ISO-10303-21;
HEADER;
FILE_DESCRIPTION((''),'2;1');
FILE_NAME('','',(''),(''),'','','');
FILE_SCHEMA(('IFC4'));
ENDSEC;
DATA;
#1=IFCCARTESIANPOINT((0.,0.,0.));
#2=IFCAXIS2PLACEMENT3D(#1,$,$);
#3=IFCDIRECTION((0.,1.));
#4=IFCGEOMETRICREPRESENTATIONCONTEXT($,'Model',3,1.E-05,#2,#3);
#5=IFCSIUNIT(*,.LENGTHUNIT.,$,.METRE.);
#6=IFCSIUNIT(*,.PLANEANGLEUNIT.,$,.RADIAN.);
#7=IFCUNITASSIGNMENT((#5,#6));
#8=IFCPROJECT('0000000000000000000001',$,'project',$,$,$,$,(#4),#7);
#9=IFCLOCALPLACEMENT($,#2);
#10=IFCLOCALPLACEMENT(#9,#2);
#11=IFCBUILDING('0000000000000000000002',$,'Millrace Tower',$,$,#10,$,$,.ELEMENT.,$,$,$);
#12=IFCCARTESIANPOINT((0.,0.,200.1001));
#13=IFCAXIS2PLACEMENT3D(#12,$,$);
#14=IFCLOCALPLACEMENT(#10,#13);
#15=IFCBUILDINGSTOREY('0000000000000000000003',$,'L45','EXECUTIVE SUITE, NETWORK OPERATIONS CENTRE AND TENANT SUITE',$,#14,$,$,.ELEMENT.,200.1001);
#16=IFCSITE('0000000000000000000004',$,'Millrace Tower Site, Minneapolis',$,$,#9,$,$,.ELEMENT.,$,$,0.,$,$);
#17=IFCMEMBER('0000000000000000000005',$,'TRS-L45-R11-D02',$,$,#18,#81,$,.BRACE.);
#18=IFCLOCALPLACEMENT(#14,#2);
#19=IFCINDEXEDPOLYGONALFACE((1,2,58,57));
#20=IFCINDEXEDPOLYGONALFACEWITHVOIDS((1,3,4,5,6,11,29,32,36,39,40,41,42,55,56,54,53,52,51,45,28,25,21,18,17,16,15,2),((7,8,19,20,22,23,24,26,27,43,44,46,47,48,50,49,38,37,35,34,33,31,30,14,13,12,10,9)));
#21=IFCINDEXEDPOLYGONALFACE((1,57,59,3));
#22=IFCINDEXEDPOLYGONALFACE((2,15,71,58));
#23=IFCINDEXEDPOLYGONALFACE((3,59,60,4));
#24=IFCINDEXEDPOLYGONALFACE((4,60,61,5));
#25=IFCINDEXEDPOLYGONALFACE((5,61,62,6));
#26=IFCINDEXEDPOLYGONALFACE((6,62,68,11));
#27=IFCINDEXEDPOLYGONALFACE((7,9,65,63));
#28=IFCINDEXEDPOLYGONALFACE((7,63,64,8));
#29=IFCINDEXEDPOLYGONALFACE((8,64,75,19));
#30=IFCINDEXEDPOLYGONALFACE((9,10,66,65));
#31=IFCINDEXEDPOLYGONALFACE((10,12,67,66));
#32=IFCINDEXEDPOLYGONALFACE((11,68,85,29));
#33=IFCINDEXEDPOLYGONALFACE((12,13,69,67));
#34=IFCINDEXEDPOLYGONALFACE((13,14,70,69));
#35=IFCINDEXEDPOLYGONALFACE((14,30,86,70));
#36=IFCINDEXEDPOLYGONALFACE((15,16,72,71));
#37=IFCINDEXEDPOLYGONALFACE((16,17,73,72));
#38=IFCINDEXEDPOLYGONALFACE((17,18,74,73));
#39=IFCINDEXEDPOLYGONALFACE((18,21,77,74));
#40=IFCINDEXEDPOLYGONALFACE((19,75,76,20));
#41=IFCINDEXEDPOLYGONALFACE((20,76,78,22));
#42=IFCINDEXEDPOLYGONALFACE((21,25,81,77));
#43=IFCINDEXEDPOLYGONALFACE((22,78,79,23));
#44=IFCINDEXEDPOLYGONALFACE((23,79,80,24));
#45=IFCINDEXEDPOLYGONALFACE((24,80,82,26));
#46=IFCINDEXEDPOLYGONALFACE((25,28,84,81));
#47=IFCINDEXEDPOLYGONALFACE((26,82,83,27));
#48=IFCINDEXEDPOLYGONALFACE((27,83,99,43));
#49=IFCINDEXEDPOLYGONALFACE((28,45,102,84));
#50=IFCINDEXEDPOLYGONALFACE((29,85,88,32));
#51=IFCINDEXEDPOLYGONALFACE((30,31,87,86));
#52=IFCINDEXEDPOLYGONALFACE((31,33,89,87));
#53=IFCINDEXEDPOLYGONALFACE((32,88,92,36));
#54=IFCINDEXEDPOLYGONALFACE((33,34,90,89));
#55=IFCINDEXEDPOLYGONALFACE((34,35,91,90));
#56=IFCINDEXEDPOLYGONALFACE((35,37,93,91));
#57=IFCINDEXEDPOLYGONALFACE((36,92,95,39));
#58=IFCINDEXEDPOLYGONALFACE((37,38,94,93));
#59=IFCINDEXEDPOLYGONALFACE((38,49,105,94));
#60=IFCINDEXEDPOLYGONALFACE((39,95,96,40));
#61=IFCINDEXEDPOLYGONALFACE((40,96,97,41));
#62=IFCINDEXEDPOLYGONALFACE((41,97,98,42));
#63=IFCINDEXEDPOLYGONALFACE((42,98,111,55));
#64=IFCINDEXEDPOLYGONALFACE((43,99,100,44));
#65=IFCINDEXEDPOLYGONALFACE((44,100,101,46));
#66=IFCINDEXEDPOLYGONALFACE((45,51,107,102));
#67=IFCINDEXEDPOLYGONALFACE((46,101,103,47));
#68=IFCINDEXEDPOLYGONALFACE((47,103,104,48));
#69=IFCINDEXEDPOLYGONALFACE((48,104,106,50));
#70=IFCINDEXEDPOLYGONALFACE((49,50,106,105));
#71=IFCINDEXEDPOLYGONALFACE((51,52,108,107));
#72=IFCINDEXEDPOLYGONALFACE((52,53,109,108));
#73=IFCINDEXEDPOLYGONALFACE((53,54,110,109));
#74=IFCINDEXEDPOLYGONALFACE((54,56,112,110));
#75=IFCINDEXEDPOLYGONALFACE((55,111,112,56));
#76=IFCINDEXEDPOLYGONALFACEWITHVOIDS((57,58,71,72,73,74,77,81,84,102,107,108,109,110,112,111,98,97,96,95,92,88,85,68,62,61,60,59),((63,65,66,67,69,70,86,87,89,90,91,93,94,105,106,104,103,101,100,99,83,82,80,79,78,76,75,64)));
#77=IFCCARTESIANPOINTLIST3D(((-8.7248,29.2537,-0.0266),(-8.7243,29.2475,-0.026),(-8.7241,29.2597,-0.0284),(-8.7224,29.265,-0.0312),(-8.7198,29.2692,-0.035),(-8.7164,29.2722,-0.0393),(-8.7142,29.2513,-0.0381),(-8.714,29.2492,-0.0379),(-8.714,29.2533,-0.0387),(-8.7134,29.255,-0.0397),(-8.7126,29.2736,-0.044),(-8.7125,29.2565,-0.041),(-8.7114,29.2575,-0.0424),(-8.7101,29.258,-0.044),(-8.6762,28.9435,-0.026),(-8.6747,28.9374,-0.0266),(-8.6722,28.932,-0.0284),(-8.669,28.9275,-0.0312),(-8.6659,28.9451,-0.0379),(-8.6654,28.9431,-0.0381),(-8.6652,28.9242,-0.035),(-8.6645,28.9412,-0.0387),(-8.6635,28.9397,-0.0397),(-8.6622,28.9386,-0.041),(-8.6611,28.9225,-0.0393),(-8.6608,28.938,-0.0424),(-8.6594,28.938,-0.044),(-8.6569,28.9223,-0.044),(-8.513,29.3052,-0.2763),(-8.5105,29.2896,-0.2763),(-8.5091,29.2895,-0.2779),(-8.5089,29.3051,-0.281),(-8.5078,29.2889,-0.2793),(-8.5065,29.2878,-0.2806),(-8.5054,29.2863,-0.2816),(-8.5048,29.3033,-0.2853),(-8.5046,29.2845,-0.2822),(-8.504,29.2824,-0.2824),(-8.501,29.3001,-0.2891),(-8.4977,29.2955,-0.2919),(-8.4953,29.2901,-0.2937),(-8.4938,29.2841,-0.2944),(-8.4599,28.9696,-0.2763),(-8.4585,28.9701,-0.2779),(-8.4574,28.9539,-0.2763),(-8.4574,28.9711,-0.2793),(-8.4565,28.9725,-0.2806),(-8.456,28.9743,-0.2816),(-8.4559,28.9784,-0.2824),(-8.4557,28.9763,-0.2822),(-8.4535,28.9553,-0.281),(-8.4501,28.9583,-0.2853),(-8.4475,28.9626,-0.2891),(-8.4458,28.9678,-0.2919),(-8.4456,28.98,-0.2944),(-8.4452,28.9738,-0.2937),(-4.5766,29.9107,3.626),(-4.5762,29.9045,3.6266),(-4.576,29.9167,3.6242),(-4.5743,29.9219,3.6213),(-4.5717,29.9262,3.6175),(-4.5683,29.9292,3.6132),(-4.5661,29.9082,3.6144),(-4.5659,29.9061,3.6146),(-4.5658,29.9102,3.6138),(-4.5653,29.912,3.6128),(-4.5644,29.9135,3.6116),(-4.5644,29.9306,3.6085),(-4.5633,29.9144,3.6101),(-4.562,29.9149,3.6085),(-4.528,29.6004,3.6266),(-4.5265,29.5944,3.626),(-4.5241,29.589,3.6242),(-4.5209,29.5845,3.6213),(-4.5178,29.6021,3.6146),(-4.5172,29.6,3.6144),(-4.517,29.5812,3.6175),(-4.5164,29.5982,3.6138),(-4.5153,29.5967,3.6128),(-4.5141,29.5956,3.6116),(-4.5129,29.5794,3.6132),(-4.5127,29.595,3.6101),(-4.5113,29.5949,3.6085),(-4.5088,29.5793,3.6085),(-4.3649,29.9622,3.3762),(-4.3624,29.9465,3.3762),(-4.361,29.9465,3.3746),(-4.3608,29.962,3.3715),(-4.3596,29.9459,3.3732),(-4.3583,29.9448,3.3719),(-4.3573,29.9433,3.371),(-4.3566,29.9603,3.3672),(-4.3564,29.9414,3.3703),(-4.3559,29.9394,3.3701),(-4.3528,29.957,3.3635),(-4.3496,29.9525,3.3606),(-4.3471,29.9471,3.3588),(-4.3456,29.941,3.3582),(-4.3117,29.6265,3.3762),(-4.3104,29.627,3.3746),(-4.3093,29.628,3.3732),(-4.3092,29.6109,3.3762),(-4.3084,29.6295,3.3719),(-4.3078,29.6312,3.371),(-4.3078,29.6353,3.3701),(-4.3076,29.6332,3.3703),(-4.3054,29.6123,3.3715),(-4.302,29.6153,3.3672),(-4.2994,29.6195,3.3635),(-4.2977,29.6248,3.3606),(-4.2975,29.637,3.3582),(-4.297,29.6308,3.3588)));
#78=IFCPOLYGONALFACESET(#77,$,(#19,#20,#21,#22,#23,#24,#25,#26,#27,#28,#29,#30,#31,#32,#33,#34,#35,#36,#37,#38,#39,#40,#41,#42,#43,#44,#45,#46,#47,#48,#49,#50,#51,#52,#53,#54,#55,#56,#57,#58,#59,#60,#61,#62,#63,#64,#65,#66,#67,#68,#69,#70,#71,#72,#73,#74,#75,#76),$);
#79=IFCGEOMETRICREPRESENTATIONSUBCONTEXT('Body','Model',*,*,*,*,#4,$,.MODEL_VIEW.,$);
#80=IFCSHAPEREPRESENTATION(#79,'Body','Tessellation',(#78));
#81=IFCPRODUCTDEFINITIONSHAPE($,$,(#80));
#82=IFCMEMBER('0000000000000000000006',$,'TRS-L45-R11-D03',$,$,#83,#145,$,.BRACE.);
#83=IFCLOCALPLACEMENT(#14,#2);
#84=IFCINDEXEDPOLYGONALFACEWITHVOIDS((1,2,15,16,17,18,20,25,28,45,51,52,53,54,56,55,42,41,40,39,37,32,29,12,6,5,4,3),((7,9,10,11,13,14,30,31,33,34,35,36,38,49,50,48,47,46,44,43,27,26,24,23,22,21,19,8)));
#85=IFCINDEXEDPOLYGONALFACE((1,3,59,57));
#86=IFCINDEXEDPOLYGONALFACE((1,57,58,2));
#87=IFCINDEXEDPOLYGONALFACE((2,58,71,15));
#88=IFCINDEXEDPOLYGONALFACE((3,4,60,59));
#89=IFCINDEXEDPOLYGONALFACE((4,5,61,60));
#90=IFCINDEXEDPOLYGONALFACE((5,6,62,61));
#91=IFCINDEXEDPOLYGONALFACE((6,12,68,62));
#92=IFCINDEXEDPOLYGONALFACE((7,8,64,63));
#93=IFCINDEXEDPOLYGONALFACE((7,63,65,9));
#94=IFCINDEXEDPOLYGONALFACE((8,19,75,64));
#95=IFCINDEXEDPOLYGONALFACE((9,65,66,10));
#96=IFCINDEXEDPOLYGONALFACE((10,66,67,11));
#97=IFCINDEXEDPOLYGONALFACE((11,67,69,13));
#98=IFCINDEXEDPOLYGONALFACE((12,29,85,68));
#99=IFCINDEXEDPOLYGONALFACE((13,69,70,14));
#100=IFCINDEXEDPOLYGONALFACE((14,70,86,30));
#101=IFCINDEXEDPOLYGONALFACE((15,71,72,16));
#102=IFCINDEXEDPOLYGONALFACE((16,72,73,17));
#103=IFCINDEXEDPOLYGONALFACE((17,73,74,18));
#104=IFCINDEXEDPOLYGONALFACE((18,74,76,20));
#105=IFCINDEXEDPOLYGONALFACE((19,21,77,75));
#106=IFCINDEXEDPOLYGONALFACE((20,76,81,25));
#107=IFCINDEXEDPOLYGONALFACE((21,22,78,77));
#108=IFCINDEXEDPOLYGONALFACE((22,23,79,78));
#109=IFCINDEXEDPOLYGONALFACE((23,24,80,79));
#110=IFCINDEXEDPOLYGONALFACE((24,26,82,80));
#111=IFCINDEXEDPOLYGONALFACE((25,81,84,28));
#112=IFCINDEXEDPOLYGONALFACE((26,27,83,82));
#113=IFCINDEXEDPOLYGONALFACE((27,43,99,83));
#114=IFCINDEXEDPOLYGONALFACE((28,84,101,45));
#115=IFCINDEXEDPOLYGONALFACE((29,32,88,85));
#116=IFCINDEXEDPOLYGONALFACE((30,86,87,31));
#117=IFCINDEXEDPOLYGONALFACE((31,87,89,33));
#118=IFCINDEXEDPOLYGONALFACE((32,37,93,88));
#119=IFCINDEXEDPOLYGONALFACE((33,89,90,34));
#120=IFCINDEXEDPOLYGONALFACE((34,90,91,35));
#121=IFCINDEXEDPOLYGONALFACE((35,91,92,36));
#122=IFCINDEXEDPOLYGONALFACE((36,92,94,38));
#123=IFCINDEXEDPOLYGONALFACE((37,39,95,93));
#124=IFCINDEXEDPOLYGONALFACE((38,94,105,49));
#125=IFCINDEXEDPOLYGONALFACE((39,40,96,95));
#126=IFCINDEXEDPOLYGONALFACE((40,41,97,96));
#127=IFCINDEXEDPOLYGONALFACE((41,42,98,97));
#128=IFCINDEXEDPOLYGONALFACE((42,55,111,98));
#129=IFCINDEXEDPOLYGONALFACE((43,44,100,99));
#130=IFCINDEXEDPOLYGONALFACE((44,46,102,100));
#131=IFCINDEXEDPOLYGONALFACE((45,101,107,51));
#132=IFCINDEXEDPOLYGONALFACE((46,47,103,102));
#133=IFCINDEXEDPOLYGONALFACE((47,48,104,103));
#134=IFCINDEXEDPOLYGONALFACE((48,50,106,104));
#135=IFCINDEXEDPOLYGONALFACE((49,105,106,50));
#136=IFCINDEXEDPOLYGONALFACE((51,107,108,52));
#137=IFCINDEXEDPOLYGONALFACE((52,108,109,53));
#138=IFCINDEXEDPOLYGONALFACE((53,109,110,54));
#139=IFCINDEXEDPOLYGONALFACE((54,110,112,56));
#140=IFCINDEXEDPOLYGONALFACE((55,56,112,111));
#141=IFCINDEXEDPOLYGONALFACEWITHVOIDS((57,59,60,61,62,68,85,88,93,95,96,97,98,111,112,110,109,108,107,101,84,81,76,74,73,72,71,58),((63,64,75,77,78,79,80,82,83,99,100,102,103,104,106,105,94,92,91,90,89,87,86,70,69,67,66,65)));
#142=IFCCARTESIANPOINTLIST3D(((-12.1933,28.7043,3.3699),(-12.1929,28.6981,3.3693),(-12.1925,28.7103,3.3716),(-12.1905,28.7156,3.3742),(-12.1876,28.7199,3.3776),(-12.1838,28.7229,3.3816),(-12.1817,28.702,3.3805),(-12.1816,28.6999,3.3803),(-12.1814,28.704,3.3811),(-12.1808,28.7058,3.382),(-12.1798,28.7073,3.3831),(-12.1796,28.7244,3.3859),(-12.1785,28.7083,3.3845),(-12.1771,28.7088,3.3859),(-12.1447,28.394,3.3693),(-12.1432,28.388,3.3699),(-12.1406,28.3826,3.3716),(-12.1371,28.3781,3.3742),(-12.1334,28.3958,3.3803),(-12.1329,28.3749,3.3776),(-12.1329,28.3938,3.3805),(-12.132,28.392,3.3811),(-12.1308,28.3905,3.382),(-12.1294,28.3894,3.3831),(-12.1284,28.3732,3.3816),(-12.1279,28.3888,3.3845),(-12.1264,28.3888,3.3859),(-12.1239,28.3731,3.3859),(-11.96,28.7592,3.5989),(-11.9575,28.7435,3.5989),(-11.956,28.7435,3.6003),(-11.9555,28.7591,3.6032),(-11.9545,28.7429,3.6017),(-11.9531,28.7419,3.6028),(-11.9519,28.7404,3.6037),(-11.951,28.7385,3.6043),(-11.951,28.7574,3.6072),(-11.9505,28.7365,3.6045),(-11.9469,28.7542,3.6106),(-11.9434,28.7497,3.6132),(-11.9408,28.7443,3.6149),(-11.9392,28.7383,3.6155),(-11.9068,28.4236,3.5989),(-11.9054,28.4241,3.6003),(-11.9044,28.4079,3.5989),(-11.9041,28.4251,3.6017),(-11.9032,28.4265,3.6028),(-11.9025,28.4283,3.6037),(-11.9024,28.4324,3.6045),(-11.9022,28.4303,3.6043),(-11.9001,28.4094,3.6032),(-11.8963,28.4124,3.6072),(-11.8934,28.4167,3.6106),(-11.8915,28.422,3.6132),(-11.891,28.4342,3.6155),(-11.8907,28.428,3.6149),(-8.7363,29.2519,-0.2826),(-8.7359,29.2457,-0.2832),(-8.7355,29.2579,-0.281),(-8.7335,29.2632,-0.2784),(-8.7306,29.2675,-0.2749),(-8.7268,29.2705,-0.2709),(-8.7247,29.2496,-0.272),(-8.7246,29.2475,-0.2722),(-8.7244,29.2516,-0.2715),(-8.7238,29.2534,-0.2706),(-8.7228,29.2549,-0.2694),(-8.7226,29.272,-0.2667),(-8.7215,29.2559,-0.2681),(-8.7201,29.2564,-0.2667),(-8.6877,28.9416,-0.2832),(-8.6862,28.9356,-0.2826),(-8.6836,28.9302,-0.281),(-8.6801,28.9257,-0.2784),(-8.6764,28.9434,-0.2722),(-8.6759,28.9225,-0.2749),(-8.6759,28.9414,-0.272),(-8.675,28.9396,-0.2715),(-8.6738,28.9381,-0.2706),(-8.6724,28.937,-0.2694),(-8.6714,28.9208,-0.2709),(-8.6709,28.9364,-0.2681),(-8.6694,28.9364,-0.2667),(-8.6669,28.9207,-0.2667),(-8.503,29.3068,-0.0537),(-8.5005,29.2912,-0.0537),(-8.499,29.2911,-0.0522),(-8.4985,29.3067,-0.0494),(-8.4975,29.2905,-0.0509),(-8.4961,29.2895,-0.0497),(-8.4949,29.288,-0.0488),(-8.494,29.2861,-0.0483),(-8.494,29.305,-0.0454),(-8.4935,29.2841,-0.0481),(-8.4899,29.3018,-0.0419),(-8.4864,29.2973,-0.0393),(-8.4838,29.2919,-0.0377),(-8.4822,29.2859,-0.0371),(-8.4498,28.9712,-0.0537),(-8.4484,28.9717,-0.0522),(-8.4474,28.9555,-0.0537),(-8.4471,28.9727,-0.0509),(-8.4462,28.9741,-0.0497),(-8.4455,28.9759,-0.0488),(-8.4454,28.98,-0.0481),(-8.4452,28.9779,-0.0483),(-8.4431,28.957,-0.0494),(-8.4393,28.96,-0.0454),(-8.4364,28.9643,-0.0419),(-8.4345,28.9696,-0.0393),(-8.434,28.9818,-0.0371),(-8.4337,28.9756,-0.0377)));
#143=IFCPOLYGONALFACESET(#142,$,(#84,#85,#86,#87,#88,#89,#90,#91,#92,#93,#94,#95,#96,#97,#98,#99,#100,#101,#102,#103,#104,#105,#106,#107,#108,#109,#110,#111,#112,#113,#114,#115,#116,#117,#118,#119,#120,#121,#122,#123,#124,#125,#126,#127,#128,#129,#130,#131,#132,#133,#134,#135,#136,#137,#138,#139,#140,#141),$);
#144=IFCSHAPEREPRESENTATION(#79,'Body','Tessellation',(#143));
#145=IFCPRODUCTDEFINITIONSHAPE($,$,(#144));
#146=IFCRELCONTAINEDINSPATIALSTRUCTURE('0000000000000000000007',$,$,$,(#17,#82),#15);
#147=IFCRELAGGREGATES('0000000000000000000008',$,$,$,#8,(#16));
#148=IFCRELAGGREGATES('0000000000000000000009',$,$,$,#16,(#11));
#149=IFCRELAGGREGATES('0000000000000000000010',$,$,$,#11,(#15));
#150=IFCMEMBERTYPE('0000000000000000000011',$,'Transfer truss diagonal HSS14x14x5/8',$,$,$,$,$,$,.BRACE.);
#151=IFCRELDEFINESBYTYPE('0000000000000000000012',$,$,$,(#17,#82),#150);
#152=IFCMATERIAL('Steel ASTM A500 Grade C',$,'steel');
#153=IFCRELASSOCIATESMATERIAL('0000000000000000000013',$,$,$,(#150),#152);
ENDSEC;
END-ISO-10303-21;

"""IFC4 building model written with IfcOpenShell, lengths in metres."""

from ifc_helpers import new_model, si_unit, direction, frame, origin, origin_2d, place, context, subcontext, project, spatial, hollow_rectangle, extrude, material, material_profile, profile_set, type_object, element, save


model = new_model("IFC4")

# Units and contexts
model_context = context("Model", 3, precision=1e-05, world=origin(), true_north=direction((0.0, 1.0)))
body_context = subcontext(model_context, "Body", "Model", "MODEL_VIEW")
ifc_project = project(units=[si_unit("LENGTHUNIT", "METRE"), si_unit("PLANEANGLEUNIT", "RADIAN")], contexts=[model_context])

# Site, building, storey
site_placement = place(None, origin())
site = spatial("IfcSite", under=ifc_project, at=site_placement, Name="Millrace Tower Site, Minneapolis", CompositionType="ELEMENT", RefElevation=0.0)
building_placement = place(site_placement, origin())
building = spatial("IfcBuilding", under=site, at=building_placement, Name="Millrace Tower", CompositionType="ELEMENT")
storey_placement = place(building_placement, frame((0.0, 0.0, 200.1001)))
storey = spatial("IfcBuildingStorey", under=building, at=storey_placement, Name="L45", Description="EXECUTIVE SUITE, NETWORK OPERATIONS CENTRE AND TENANT SUITE", CompositionType="ELEMENT", Elevation=200.1001)

# Members
ifc_material_1 = material(Name="Steel ASTM A500 Grade C", Category="steel")
ifc_material_profile_1 = material_profile(ifc_material_1, hollow_rectangle(XDim=0.3557, YDim=0.3557, WallThickness=0.0159, InnerFilletRadius=0.0081, OuterFilletRadius=0.0239, at=origin_2d()))
ifc_profile_set_1 = profile_set([ifc_material_profile_1], Name="Steel ASTM A500 Grade C")
member_type_1 = type_object("IfcMemberType", Name="Transfer truss diagonal HSS14x14x5/8", PredefinedType="BRACE", material=ifc_profile_set_1)
member_1_placement = place(storey_placement, frame((-8.585, 29.1138, -0.1602), z_axis=(0.745272, 0.118035, 0.65623), x_axis=(-0.156428, 0.987689, 0.0)))
element("IfcMember", 1, at=member_1_placement, inside=storey, type_object=member_type_1, Name="TRS-L45-R11-D02", PredefinedType="BRACE", context=body_context, shape_type="SweptSolid", body=[
    extrude(hollow_rectangle(XDim=0.3557, YDim=0.3557, WallThickness=0.0159, InnerFilletRadius=0.0081, OuterFilletRadius=0.0239, at=origin_2d()), origin(), (0.0, 0.0, 1.0), 5.5659),
])
member_2_placement = place(storey_placement, frame((-8.585, 29.1138, -0.1602), z_axis=(-0.683358, -0.108247, 0.722014), x_axis=(0.156453, -0.987685, 0.0)))
element("IfcMember", 2, at=member_2_placement, inside=storey, type_object=member_type_1, Name="TRS-L45-R11-D03", PredefinedType="BRACE", context=body_context, shape_type="SweptSolid", body=[
    extrude(hollow_rectangle(XDim=0.3557, YDim=0.3557, WallThickness=0.0159, InnerFilletRadius=0.0081, OuterFilletRadius=0.0239, at=origin_2d()), origin(), (0.0, 0.0, 1.0), 5.0588),
])

save(model, "model.ifc")
